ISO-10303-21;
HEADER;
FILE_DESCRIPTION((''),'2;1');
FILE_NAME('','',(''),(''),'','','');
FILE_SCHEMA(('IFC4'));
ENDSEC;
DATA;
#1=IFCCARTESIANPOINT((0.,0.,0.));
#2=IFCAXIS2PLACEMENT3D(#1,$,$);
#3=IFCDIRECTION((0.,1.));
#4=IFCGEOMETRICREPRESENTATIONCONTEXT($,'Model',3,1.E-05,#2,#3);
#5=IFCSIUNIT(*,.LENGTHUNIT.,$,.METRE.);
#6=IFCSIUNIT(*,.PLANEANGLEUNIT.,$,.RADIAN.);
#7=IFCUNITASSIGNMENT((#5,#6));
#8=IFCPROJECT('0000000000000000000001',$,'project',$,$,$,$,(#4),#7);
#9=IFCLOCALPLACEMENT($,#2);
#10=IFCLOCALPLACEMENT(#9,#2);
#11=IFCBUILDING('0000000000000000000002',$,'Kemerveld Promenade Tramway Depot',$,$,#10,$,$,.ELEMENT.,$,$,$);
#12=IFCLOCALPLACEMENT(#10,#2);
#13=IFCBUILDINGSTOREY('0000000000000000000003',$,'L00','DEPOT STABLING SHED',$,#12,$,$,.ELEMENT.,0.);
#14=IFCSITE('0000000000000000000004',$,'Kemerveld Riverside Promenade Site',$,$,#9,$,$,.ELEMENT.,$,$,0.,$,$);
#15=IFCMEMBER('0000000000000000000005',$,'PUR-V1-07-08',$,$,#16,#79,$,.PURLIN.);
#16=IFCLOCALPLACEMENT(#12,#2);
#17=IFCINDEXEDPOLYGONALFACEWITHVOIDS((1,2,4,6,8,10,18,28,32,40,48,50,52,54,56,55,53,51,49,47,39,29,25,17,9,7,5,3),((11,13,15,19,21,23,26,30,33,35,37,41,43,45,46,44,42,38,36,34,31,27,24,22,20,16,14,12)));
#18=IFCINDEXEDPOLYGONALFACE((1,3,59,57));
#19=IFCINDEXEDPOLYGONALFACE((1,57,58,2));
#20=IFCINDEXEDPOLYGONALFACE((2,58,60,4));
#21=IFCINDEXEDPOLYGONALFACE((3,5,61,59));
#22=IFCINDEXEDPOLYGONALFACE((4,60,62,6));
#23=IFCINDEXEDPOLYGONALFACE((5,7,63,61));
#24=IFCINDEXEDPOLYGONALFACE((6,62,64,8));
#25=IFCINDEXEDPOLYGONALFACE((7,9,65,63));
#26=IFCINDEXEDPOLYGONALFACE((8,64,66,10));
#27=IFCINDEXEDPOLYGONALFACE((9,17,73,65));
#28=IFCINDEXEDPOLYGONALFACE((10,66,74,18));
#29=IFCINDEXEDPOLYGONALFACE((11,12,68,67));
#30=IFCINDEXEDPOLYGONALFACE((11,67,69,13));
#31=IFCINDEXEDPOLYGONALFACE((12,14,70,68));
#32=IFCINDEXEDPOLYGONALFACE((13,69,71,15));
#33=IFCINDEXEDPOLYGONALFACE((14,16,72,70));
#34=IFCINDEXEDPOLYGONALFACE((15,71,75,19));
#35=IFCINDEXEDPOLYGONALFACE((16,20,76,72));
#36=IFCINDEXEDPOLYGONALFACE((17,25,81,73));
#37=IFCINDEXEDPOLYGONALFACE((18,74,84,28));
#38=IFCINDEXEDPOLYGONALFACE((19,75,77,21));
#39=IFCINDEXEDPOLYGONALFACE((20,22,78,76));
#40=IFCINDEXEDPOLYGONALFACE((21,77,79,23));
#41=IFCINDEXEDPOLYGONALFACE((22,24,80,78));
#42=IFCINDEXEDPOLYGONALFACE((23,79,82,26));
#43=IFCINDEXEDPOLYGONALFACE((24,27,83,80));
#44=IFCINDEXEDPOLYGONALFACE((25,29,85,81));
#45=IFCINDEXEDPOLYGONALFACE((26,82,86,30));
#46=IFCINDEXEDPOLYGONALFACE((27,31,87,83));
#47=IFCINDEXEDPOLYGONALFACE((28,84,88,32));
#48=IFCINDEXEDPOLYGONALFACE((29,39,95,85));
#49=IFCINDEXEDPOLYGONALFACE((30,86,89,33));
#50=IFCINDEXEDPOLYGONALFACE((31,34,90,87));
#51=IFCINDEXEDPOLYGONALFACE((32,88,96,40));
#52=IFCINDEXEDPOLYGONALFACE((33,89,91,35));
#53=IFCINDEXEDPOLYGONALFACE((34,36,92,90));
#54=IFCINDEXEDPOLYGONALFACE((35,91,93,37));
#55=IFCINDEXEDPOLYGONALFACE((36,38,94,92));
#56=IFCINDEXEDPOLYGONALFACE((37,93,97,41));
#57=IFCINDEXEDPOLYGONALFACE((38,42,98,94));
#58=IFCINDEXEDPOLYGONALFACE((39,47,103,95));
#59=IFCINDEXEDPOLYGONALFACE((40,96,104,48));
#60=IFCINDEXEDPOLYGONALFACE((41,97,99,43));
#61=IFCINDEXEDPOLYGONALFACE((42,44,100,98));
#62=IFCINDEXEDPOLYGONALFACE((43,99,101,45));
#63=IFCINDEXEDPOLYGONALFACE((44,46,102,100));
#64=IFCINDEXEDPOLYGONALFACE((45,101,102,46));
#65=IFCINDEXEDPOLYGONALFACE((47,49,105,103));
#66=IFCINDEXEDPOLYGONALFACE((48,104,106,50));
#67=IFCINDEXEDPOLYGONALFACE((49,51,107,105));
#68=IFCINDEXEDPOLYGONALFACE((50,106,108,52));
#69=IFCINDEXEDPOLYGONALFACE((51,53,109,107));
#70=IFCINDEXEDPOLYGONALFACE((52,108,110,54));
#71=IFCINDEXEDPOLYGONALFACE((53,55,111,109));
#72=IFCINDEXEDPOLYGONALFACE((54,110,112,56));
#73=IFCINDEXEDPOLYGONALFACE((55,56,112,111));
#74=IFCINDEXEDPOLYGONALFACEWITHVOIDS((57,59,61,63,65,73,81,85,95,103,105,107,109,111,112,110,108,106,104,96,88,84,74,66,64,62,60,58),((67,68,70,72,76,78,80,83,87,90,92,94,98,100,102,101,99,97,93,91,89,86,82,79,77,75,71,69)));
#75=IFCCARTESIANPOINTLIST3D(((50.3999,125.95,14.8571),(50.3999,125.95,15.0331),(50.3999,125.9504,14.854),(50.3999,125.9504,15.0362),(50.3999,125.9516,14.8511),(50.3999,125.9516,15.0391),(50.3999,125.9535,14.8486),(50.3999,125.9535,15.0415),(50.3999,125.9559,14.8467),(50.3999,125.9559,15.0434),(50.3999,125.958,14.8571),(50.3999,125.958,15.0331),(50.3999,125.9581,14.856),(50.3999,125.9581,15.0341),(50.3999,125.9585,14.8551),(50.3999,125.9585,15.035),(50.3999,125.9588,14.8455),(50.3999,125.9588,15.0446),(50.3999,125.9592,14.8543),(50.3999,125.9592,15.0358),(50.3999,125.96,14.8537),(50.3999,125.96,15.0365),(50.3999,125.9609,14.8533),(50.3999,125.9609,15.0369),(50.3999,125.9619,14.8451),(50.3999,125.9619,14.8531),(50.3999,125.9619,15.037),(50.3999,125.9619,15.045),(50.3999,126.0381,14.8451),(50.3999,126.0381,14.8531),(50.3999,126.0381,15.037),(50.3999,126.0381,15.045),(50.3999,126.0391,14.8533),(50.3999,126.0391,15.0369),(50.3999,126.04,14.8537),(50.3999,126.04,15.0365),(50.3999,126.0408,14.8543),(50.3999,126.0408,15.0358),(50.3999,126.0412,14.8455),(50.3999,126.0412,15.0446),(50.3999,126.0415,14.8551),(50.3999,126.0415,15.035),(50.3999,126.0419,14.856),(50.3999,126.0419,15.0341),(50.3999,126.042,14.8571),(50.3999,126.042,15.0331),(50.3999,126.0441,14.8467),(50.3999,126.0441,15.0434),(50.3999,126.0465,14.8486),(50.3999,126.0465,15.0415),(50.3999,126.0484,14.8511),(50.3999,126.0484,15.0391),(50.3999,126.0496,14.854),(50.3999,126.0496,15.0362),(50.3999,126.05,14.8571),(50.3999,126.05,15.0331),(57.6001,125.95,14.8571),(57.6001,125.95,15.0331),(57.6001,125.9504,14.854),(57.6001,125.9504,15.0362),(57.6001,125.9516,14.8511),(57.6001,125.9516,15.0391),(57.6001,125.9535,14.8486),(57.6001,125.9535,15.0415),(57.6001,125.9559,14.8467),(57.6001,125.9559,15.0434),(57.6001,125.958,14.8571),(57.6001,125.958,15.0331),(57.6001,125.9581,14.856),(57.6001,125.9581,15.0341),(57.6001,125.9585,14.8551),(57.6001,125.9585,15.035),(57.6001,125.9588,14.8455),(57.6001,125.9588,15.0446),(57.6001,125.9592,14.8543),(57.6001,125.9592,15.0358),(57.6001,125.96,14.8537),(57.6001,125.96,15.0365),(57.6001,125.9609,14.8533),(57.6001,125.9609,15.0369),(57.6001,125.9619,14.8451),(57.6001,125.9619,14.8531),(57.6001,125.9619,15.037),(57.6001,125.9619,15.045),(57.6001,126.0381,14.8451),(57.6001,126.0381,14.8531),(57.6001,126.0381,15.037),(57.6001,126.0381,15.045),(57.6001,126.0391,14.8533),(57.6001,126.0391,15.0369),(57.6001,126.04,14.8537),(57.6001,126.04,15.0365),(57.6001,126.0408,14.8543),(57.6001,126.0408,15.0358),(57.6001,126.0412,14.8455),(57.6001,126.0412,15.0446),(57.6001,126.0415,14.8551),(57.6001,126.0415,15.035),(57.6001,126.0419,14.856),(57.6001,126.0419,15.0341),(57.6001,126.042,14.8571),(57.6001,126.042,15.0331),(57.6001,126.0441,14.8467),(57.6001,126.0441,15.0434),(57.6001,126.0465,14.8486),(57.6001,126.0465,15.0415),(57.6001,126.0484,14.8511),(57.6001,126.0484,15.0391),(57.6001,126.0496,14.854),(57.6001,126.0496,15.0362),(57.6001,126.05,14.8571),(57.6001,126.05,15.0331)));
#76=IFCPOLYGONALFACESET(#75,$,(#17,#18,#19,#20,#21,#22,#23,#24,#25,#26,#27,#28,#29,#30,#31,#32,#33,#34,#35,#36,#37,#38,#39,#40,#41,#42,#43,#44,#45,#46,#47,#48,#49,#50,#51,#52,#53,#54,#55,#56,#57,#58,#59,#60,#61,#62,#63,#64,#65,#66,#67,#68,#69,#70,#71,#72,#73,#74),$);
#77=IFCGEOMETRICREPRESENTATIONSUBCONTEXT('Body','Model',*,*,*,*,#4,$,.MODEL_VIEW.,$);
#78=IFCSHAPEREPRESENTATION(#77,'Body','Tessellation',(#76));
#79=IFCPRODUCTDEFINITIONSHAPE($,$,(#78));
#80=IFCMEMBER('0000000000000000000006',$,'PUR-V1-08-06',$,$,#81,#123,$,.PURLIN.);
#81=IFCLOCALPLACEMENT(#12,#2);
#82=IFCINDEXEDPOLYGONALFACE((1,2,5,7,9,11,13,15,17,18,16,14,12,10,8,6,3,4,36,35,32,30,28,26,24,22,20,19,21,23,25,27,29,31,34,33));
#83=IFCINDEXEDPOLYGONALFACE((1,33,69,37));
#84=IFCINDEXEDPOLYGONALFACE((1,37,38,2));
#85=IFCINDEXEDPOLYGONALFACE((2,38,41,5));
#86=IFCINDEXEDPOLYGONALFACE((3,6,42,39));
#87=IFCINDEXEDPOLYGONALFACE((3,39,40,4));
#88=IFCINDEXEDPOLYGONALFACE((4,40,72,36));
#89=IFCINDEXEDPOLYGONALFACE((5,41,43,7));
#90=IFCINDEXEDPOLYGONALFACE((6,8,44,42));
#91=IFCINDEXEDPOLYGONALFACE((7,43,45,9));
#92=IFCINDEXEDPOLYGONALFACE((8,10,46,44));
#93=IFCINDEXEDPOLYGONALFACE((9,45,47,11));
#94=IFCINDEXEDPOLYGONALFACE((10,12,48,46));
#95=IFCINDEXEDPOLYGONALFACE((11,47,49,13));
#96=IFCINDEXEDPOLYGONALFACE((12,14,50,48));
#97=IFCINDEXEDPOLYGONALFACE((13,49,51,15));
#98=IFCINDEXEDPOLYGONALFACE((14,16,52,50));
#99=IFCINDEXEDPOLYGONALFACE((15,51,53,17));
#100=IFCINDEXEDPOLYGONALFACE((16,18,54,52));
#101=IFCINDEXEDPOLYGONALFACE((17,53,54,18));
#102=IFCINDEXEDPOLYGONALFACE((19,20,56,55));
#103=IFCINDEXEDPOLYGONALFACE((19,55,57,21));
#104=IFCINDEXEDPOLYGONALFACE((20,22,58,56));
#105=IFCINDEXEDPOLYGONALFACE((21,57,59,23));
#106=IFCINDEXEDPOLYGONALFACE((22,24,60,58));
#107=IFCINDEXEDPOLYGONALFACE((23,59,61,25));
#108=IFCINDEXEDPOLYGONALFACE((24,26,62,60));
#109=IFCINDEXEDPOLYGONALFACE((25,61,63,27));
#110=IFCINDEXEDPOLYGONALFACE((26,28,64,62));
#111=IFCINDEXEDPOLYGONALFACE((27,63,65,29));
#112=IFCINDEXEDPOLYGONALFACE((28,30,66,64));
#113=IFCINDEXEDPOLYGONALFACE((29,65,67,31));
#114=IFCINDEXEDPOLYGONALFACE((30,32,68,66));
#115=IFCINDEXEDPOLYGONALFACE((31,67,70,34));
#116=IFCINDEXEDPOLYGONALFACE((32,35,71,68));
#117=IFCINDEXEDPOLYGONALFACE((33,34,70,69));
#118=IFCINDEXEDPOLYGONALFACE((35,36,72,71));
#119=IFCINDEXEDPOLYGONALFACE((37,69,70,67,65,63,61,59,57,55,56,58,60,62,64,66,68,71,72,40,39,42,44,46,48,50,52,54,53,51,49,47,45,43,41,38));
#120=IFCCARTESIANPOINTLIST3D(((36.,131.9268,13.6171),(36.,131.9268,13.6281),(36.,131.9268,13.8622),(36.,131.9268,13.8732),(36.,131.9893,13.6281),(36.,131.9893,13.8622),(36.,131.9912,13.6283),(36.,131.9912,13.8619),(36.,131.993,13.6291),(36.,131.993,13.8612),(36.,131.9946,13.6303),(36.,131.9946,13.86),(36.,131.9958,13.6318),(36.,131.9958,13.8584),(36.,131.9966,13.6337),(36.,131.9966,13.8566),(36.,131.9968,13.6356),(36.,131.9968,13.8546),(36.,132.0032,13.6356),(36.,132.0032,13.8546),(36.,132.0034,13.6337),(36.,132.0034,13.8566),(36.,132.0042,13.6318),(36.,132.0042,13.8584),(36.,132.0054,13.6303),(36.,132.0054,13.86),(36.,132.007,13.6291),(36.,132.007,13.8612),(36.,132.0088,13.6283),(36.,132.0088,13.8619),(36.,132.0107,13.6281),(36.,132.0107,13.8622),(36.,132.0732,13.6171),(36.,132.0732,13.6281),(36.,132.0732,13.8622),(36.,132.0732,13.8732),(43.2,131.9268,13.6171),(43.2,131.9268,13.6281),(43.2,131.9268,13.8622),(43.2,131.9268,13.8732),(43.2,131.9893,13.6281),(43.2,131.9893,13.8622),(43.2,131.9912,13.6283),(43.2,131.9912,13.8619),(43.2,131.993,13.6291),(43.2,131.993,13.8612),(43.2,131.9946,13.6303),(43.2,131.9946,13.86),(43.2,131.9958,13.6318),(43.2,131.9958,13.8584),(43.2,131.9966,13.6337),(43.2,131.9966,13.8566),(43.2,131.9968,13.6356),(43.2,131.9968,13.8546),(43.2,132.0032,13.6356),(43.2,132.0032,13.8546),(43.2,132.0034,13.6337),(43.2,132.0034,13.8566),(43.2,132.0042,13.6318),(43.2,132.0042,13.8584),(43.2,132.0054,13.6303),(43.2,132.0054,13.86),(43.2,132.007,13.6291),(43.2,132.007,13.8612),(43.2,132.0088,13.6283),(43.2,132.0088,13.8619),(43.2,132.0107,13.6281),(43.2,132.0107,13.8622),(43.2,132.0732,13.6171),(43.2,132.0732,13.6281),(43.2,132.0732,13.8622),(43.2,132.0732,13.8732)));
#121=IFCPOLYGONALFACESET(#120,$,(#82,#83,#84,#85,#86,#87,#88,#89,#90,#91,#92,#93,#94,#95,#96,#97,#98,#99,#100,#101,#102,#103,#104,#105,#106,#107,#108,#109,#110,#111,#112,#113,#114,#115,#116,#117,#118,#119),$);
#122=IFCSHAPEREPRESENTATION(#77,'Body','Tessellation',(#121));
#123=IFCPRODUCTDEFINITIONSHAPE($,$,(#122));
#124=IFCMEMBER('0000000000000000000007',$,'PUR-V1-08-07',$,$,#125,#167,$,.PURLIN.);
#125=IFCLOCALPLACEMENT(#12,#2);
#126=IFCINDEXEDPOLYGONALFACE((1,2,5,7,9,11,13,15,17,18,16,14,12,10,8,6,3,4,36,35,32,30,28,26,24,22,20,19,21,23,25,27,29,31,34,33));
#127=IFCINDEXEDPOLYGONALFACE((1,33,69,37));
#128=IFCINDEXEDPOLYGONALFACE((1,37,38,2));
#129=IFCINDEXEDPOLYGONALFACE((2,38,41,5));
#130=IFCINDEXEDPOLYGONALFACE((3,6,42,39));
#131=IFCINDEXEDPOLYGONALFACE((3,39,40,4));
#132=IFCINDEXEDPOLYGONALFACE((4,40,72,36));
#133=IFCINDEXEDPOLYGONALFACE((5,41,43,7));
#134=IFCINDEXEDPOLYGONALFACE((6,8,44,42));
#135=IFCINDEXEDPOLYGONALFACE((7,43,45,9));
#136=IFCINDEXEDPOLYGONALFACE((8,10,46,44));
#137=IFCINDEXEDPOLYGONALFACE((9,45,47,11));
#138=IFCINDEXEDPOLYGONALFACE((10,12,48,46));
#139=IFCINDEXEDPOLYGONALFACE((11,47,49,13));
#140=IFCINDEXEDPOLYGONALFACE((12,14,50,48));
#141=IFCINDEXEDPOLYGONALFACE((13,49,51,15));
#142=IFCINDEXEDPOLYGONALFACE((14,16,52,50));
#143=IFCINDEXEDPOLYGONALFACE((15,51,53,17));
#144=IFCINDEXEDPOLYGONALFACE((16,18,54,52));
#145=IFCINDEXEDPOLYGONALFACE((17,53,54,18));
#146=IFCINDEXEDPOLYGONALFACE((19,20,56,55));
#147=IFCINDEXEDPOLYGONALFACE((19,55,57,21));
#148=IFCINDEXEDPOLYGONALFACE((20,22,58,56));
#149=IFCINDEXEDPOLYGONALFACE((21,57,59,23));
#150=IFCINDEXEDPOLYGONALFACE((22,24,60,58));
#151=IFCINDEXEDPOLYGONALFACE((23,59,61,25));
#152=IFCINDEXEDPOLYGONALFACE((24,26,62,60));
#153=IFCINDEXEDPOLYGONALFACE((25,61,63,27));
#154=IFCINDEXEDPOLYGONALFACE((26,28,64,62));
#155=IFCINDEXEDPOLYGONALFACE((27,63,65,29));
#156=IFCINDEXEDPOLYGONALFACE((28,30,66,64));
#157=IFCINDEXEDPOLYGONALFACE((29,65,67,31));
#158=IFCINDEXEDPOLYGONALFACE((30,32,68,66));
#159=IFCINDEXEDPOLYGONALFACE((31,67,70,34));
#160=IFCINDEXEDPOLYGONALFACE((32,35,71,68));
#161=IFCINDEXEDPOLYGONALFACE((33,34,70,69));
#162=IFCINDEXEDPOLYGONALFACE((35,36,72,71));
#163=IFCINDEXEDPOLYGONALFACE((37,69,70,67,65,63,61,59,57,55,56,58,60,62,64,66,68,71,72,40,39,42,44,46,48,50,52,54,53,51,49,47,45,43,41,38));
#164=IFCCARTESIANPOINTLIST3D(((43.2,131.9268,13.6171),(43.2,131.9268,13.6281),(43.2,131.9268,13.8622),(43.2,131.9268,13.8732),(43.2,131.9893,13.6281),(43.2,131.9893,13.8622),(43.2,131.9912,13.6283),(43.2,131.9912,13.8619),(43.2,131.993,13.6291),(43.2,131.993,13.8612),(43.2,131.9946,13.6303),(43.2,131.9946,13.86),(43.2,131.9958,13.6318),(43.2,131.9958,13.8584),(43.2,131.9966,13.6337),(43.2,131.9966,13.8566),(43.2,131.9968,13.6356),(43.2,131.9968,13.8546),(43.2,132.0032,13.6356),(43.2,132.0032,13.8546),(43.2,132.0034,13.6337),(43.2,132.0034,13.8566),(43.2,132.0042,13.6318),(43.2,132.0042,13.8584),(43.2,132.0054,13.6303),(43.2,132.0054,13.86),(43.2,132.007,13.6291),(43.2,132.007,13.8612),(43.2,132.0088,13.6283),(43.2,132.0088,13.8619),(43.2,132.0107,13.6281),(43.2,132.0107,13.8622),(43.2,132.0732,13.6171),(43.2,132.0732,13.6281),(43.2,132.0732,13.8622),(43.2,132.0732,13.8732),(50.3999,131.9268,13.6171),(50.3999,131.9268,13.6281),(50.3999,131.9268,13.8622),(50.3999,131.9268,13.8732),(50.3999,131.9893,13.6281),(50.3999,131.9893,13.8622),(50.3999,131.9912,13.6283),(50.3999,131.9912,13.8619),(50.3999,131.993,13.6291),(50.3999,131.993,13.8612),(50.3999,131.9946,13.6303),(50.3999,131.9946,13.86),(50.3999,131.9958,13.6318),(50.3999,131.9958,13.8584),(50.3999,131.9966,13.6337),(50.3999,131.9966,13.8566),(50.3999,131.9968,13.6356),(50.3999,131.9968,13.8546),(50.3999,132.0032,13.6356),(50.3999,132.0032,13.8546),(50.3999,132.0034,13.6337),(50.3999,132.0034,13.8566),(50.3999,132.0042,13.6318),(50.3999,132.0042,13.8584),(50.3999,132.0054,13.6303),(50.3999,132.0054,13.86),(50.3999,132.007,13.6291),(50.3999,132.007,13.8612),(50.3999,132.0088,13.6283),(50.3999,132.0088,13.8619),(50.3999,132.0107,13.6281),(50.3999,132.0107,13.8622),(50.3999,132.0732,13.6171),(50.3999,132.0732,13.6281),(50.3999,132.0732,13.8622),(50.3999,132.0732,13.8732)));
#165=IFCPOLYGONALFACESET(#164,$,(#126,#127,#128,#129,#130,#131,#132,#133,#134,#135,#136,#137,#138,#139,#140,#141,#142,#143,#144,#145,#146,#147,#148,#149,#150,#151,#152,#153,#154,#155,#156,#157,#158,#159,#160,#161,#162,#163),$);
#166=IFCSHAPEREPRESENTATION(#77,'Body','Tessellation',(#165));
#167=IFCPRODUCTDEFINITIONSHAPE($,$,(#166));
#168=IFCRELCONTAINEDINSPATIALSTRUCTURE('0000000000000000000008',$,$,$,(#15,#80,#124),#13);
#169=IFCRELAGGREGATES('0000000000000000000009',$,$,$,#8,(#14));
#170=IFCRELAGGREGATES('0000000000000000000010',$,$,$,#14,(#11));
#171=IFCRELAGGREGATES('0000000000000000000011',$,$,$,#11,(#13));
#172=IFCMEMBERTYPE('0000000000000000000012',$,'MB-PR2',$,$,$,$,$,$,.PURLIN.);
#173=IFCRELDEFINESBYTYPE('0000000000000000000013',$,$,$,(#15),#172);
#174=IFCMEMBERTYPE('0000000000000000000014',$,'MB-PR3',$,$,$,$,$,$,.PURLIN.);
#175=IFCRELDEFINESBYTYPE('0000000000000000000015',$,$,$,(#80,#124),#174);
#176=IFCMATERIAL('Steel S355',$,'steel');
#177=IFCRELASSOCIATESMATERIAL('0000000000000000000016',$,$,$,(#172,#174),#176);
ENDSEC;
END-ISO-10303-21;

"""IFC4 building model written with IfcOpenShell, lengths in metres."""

from ifc_helpers import new_model, si_unit, direction, frame, origin, origin_2d, place, context, subcontext, project, spatial, hollow_rectangle, i_section, extrude, material, material_profile, profile_set, type_object, element, save


model = new_model("IFC4")

# Units and contexts
model_context = context("Model", 3, precision=1e-05, world=origin(), true_north=direction((0.0, 1.0)))
body_context = subcontext(model_context, "Body", "Model", "MODEL_VIEW")
ifc_project = project(units=[si_unit("LENGTHUNIT", "METRE"), si_unit("PLANEANGLEUNIT", "RADIAN")], contexts=[model_context])

# Site, building, storey
site_placement = place(None, origin())
site = spatial("IfcSite", under=ifc_project, at=site_placement, Name="Kemerveld Riverside Promenade Site", CompositionType="ELEMENT", RefElevation=0.0)
building_placement = place(site_placement, origin())
building = spatial("IfcBuilding", under=site, at=building_placement, Name="Kemerveld Promenade Tramway Depot", CompositionType="ELEMENT")
storey_placement = place(building_placement, origin())
storey = spatial("IfcBuildingStorey", under=building, at=storey_placement, Name="L00", Description="DEPOT STABLING SHED", CompositionType="ELEMENT", Elevation=0.0)

# Shared definitions
ifc_material_1 = material(Name="Steel S355", Category="steel")

# Members
ifc_material_profile_1 = material_profile(ifc_material_1, hollow_rectangle(XDim=0.1001, YDim=0.2, WallThickness=0.0081, InnerFilletRadius=0.0039, OuterFilletRadius=0.012, at=origin_2d()), Name="200x100x8.0 RHS")
ifc_profile_set_1 = profile_set([ifc_material_profile_1], Name="Steel S355")
member_type_1 = type_object("IfcMemberType", Name="MB-PR2", PredefinedType="PURLIN", material=ifc_profile_set_1)
member_1_placement = place(storey_placement, frame((50.3999, 126.0, 14.9451), z_axis=(1.0, 0.0, 0.0), x_axis=(0.0, 1.0, 0.0)))
element("IfcMember", 1, at=member_1_placement, inside=storey, type_object=member_type_1, Name="PUR-V1-07-08", PredefinedType="PURLIN", context=body_context, shape_type="SweptSolid", body=[
    extrude(hollow_rectangle(XDim=0.1001, YDim=0.2, WallThickness=0.0081, InnerFilletRadius=0.0039, OuterFilletRadius=0.012, at=origin_2d()), origin(), (0.0, 0.0, 1.0), 7.2002),
])
ifc_material_profile_2 = material_profile(ifc_material_1, i_section(OverallWidth=0.1465, OverallDepth=0.2561, WebThickness=0.0063, FlangeThickness=0.011, FilletRadius=0.0076, at=origin_2d()), Name="254x146x37 UB")
ifc_profile_set_2 = profile_set([ifc_material_profile_2], Name="Steel S355")
member_type_2 = type_object("IfcMemberType", Name="MB-PR3", PredefinedType="PURLIN", material=ifc_profile_set_2)
for number, where, z_axis, x_axis, name in (
    (2, (36.0, 132.0, 13.7451), (1.0, 0.0, 0.0), (0.0, 1.0, 0.0), "PUR-V1-08-06"),
    (3, (43.2, 132.0, 13.7451), (1.0, 0.0, 0.0), (0.0, 1.0, 0.0), "PUR-V1-08-07"),
):
    element("IfcMember", number, at=place(storey_placement, frame(where, z_axis=z_axis, x_axis=x_axis)), inside=storey, type_object=member_type_2, Name=name, PredefinedType="PURLIN", context=body_context, shape_type="SweptSolid", body=[
        extrude(i_section(OverallWidth=0.1465, OverallDepth=0.2561, WebThickness=0.0063, FlangeThickness=0.011, FilletRadius=0.0076, at=origin_2d()), origin(), (0.0, 0.0, 1.0), 7.2),
    ])

save(model, "model.ifc")
